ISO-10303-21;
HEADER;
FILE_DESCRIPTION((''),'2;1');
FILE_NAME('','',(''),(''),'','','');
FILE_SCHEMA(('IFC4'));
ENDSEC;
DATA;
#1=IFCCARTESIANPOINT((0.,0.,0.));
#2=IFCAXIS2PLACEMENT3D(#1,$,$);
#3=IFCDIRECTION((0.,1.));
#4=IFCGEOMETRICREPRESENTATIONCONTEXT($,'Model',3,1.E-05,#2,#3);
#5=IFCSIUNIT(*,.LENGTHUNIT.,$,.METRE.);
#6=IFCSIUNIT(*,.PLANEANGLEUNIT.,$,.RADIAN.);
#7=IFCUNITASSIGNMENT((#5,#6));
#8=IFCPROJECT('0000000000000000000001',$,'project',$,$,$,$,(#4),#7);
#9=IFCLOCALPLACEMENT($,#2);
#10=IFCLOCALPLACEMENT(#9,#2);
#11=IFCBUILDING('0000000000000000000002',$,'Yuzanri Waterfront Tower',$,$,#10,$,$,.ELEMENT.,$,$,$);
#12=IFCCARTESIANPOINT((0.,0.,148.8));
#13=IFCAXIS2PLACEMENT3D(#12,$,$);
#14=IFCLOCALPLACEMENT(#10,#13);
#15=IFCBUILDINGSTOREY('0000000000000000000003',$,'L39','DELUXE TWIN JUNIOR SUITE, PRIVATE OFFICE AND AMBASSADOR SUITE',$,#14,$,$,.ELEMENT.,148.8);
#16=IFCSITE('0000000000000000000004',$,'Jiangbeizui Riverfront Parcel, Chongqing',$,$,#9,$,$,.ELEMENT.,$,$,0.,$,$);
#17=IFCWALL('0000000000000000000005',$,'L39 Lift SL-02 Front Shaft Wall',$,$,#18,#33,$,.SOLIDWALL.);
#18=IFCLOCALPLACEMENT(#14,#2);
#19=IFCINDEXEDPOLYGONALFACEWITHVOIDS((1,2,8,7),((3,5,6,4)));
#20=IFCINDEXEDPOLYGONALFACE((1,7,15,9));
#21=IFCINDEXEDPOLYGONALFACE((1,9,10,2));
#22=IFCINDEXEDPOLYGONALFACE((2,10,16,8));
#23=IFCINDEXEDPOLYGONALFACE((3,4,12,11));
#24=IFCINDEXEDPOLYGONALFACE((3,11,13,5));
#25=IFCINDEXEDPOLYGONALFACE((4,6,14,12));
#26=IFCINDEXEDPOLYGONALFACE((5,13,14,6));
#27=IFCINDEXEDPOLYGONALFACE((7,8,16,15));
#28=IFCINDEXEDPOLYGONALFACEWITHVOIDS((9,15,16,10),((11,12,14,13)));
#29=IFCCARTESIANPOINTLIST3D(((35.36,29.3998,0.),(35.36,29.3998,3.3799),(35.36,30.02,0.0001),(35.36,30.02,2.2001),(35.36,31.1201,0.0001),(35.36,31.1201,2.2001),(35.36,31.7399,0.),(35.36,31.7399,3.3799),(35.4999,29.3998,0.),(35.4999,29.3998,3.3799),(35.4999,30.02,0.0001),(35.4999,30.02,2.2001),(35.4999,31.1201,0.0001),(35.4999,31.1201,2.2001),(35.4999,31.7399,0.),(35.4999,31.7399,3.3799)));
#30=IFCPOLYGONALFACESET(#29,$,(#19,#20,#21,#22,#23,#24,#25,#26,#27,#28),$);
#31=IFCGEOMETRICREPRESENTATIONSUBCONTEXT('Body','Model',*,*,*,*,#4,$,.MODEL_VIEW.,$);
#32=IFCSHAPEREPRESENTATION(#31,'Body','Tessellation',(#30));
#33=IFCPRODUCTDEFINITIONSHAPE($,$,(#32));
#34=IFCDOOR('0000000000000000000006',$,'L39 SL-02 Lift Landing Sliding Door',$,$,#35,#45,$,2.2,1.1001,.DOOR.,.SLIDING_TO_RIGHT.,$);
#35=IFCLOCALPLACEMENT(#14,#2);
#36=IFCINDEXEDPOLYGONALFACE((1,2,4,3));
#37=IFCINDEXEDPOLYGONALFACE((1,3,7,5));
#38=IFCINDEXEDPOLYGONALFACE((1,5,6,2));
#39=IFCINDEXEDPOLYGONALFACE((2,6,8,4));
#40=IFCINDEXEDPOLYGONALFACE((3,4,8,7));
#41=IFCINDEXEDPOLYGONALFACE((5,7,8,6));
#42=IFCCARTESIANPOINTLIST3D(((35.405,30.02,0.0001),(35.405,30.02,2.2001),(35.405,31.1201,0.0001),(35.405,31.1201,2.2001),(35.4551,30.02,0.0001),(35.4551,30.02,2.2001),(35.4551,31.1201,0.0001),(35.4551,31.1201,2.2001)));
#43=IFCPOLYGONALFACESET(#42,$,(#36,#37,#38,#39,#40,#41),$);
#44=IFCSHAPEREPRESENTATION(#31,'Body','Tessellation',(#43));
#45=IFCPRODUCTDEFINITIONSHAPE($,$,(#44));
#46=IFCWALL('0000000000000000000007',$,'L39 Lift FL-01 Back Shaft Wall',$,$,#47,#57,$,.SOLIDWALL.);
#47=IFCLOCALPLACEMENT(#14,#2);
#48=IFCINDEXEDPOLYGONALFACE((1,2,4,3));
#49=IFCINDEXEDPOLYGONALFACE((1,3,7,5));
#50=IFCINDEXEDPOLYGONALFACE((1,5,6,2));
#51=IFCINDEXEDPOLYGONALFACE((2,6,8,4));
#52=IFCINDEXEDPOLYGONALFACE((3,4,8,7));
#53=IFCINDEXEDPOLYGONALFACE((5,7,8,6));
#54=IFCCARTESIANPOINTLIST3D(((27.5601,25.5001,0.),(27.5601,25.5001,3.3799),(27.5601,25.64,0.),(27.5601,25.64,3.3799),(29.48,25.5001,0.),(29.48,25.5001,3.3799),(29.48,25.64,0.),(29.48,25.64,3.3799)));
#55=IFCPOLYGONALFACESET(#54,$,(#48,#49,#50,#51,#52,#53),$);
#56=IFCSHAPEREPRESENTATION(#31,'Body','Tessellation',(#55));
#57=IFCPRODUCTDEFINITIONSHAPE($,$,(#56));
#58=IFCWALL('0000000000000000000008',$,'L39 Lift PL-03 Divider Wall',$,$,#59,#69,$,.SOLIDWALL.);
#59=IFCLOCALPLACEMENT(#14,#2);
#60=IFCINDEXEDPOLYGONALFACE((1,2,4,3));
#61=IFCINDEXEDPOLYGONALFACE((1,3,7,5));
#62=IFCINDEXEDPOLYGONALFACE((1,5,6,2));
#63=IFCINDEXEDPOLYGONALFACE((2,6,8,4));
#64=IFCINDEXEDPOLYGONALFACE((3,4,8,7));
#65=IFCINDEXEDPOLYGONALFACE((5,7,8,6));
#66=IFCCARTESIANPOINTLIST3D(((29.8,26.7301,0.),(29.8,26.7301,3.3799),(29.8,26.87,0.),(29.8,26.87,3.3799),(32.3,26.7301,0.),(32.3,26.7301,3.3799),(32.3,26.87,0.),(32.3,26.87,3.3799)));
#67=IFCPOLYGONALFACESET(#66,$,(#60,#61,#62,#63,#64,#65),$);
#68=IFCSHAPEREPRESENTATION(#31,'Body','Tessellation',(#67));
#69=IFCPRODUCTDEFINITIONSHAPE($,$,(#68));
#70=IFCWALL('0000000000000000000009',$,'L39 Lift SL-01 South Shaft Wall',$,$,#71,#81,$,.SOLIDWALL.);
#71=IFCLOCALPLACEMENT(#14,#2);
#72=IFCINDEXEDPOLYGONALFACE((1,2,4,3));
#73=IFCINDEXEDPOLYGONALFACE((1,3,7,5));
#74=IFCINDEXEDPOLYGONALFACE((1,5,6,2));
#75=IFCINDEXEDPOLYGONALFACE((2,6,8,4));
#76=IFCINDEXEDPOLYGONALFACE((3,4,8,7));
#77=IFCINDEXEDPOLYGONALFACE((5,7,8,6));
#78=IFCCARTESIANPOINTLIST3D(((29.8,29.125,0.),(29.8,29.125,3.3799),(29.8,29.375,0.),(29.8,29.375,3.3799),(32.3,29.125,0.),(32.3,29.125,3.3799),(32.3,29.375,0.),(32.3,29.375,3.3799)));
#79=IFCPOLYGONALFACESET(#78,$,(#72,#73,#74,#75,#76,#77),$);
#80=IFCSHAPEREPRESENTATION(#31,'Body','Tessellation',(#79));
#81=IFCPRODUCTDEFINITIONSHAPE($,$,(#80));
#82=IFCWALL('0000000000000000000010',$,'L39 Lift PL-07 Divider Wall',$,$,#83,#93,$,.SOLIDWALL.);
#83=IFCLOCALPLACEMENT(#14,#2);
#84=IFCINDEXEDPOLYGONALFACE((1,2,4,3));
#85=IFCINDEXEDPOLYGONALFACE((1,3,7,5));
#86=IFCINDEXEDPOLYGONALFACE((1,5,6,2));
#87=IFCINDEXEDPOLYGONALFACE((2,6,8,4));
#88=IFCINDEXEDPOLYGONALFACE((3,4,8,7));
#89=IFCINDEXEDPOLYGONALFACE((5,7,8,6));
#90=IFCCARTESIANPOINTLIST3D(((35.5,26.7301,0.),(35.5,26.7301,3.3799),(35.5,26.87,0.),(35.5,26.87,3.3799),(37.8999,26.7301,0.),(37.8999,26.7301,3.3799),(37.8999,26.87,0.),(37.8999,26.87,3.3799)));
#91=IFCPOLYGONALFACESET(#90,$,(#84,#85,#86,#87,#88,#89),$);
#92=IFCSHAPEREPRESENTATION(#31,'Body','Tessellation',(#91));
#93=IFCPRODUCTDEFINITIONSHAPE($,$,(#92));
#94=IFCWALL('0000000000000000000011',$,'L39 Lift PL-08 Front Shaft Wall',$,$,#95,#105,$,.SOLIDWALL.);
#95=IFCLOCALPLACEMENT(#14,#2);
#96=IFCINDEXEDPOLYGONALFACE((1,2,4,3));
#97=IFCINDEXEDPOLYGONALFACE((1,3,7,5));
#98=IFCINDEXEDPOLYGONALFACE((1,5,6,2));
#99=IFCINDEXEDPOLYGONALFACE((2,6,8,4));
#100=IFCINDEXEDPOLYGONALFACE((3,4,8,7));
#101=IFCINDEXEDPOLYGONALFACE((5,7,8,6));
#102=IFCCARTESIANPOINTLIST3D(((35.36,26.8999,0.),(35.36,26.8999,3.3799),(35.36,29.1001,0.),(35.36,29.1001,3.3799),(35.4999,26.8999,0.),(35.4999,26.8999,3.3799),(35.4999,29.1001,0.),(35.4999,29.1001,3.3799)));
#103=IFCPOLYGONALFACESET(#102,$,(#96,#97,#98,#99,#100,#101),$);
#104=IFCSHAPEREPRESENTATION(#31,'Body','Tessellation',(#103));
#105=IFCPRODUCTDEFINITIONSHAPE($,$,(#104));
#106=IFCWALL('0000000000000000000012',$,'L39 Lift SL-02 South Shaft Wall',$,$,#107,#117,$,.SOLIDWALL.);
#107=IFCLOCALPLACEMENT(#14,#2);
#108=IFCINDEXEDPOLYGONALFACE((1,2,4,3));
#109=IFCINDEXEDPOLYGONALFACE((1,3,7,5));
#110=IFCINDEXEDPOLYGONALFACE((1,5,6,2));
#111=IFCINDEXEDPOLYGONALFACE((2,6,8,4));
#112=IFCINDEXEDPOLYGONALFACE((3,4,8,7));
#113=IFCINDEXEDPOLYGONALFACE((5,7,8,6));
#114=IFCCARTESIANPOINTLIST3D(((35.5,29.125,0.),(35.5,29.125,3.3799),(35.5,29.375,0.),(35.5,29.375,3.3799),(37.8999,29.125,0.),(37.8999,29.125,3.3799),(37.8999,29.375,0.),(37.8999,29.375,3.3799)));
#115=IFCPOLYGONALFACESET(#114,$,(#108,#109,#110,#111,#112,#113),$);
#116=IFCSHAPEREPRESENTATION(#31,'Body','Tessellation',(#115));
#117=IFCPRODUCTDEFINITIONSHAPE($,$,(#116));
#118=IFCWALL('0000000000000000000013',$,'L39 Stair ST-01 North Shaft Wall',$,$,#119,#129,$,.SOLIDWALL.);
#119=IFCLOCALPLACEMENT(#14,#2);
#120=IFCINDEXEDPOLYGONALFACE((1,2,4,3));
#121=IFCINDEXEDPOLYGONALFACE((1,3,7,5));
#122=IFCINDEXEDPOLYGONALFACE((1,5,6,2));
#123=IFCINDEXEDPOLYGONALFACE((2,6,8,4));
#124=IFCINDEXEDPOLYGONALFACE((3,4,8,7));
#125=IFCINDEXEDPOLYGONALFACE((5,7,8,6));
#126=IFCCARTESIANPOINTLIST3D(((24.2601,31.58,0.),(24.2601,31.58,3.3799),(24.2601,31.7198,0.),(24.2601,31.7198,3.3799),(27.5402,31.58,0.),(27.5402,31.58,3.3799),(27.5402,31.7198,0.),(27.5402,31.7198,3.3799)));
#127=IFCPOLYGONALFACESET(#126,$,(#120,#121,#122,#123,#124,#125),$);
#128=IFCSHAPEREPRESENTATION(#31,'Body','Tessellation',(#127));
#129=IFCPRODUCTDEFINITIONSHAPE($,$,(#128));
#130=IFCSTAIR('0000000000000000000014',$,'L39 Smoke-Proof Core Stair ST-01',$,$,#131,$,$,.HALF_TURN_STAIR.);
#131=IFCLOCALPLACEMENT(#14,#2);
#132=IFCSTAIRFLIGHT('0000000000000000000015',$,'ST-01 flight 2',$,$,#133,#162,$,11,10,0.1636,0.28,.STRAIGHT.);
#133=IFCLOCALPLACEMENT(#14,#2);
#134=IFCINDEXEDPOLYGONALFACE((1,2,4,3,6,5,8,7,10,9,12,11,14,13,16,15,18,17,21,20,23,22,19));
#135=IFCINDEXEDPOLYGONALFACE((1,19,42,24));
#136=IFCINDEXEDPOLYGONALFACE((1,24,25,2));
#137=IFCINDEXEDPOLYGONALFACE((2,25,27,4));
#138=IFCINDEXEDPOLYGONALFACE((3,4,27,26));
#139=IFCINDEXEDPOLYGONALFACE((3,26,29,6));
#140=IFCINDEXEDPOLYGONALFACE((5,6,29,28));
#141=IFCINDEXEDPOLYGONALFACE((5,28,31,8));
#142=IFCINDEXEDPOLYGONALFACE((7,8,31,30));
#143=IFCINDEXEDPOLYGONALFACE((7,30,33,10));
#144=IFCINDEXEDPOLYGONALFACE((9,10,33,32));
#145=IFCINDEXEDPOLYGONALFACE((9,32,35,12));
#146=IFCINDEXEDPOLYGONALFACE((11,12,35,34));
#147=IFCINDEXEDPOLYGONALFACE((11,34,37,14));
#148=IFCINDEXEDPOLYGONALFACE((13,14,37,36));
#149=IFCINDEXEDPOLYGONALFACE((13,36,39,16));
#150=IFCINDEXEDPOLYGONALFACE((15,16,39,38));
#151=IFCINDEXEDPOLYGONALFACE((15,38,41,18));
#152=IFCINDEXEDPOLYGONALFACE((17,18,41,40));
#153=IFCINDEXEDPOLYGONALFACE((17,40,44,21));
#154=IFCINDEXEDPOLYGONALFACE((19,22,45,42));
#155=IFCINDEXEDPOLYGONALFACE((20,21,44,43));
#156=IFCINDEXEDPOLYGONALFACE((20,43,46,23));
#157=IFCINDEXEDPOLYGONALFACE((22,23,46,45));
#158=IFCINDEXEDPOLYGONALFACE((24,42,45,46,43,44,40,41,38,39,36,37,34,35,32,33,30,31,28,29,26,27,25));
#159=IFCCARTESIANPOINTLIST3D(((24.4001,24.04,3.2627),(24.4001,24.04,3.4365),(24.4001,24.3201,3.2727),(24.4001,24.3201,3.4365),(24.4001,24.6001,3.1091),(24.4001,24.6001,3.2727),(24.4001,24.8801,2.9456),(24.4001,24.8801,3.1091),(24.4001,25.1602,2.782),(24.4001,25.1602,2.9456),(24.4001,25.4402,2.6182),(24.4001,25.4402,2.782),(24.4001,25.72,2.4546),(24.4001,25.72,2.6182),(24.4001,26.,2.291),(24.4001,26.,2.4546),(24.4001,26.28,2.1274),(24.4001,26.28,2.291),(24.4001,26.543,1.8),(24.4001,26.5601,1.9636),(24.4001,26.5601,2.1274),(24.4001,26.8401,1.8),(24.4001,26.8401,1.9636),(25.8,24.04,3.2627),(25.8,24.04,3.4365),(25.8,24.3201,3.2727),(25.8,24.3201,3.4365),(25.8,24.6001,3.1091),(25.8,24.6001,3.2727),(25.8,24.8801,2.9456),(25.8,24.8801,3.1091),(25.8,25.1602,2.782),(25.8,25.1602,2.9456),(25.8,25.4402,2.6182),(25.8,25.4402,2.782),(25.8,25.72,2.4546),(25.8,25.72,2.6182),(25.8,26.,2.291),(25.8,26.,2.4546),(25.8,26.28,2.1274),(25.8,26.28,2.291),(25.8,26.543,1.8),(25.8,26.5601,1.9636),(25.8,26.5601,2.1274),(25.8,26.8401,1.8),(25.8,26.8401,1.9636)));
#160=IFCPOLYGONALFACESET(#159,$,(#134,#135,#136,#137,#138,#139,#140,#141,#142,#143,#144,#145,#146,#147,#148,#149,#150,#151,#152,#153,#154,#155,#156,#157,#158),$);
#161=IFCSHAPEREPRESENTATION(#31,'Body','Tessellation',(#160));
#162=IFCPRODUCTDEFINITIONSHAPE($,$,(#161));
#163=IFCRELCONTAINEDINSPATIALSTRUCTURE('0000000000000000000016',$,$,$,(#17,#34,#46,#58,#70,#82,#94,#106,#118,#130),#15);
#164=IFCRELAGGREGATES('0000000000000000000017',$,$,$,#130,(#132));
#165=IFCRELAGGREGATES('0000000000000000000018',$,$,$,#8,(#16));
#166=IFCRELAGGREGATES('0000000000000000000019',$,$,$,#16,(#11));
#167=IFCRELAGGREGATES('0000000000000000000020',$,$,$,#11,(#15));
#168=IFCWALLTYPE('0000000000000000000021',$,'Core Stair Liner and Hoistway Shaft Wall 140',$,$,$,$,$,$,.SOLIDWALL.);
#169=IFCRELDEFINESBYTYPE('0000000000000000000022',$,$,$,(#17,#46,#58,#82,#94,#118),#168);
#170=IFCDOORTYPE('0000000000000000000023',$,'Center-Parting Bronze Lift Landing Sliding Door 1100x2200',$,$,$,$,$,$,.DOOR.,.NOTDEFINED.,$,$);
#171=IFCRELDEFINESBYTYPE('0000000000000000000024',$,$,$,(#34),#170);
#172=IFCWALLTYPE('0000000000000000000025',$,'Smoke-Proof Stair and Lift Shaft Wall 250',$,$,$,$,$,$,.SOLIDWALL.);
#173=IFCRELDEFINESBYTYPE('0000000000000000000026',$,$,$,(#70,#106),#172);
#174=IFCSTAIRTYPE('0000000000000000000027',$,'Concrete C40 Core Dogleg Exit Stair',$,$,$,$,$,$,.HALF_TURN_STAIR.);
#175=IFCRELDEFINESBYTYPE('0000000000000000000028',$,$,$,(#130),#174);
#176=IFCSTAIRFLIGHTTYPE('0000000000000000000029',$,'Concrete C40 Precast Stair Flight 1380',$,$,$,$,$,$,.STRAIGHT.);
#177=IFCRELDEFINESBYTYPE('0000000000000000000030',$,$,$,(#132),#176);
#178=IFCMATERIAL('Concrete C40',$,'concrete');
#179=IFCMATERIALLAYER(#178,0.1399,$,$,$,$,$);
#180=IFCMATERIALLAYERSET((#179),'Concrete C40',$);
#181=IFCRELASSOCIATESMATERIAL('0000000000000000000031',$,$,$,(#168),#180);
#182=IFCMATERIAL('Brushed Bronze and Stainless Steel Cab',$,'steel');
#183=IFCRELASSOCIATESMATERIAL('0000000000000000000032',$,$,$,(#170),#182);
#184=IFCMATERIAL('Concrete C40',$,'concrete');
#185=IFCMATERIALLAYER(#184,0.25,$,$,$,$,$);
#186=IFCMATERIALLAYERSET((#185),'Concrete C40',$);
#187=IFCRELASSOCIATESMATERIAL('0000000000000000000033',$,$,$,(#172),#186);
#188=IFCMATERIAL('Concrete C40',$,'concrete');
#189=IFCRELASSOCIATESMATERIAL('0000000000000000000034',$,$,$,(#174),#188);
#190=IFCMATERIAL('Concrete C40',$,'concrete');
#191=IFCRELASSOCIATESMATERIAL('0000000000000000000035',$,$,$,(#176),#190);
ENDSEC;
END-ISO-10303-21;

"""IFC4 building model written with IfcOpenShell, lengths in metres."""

from ifc_helpers import new_model, si_unit, direction, frame, frame_2d, origin, place, context, subcontext, project, spatial, polyline, rectangle, outline, extrude, source, transform, mapped, material, layer, layer_set, type_object, element, fill, aggregate, save


model = new_model("IFC4")

# Units and contexts
model_context = context("Model", 3, precision=1e-05, world=origin(), true_north=direction((0.0, 1.0)))
body_context = subcontext(model_context, "Body", "Model", "MODEL_VIEW")
ifc_project = project(units=[si_unit("LENGTHUNIT", "METRE"), si_unit("PLANEANGLEUNIT", "RADIAN")], contexts=[model_context])

# Site, building, storey
site_placement = place(None, origin())
site = spatial("IfcSite", under=ifc_project, at=site_placement, Name="Jiangbeizui Riverfront Parcel, Chongqing", CompositionType="ELEMENT", RefElevation=0.0)
building_placement = place(site_placement, origin())
building = spatial("IfcBuilding", under=site, at=building_placement, Name="Yuzanri Waterfront Tower", CompositionType="ELEMENT")
storey_placement = place(building_placement, frame((0.0, 0.0, 148.8)))
storey = spatial("IfcBuildingStorey", under=building, at=storey_placement, Name="L39", Description="DELUXE TWIN JUNIOR SUITE, PRIVATE OFFICE AND AMBASSADOR SUITE", CompositionType="ELEMENT", Elevation=148.8)

# Wall, opening, door
ifc_material_1 = material(Name="Concrete C40", Category="concrete")
ifc_layer_1 = layer(ifc_material_1, 0.1399)
ifc_layer_set_1 = layer_set([ifc_layer_1], Name="Concrete C40")
wall_type_1 = type_object("IfcWallType", Name="Core Stair Liner and Hoistway Shaft Wall 140", PredefinedType="SOLIDWALL", material=ifc_layer_set_1)
ifc_material_2 = material(Name="Brushed Bronze and Stainless Steel Cab", Category="steel")
door_type_1 = type_object("IfcDoorType", Name="Center-Parting Bronze Lift Landing Sliding Door 1100x2200", OperationType="NOTDEFINED", PredefinedType="DOOR", material=ifc_material_2)
shared_shape_1 = source(origin(), body_context, "Body", "SweptSolid", [
    extrude(rectangle(XDim=1.1001, YDim=2.2, at=frame_2d((0.55, 1.1001))), frame((0.0, 0.0249, 0.0), z_axis=(0.0, -1.0, 0.0), x_axis=(1.0, 0.0, 0.0)), (0.0, 0.0, 1.0), 0.05),
])
wall_1_placement = place(storey_placement, frame((35.4299, 29.3999, 0.0), z_axis=(0.0, 0.0, 1.0), x_axis=(0.0, 1.0, 0.0)))
wall_1 = element("IfcWall", 1, at=wall_1_placement, inside=storey, type_object=wall_type_1, Name="L39 Lift SL-02 Front Shaft Wall", PredefinedType="SOLIDWALL", context=body_context, shape_type="SweptSolid", body=[
    extrude(rectangle(XDim=2.3401, YDim=0.1399, at=frame_2d((1.1699, 0.0))), origin(), (0.0, 0.0, 1.0), 3.3799),
])
opening_1_placement = place(wall_1_placement, frame((0.6201, 0.0, 0.0)))
opening_1 = element("IfcOpeningElement", 2, at=opening_1_placement, cuts=wall_1, PredefinedType="OPENING", context=body_context, shape_type="SweptSolid", body=[
    extrude(rectangle(XDim=1.1001, YDim=2.2, at=frame_2d((0.55, 1.1001))), frame((0.0, 0.085, 0.0), z_axis=(0.0, -1.0, 0.0), x_axis=(1.0, 0.0, 0.0)), (0.0, 0.0, 1.0), 0.1697),
])
door_1_placement = place(opening_1_placement, origin())
door_1 = element("IfcDoor", 3, at=door_1_placement, inside=storey, type_object=door_type_1, Name="L39 SL-02 Lift Landing Sliding Door", OperationType="SLIDING_TO_RIGHT", OverallHeight=2.2, OverallWidth=1.1001, PredefinedType="DOOR", context=body_context, shape_type="MappedRepresentation", body=[
    mapped(shared_shape_1, transform((0.0, 0.0, 0.0), scale=1.0)),
])
fill(opening_1, door_1)

# Walls
shared_shape_2 = source(origin(), body_context, "Body", "SweptSolid", [
    extrude(rectangle(XDim=1.9199, YDim=0.1399, at=frame_2d((0.96, 0.0))), origin(), (0.0, 0.0, 1.0), 3.3799),
])
wall_2_placement = place(storey_placement, frame((27.5601, 25.5701, 0.0), z_axis=(0.0, 0.0, 1.0), x_axis=(1.0, 0.0, 0.0)))
element("IfcWall", 4, at=wall_2_placement, inside=storey, type_object=wall_type_1, Name="L39 Lift FL-01 Back Shaft Wall", PredefinedType="SOLIDWALL", context=body_context, shape_type="MappedRepresentation", body=[
    mapped(shared_shape_2, transform((0.0, 0.0, 0.0), scale=1.0)),
])
shared_shape_3 = source(origin(), body_context, "Body", "SweptSolid", [
    extrude(rectangle(XDim=2.5, YDim=0.1399, at=frame_2d((1.25, 0.0))), origin(), (0.0, 0.0, 1.0), 3.3799),
])
wall_3_placement = place(storey_placement, frame((29.8, 26.8, 0.0), z_axis=(0.0, 0.0, 1.0), x_axis=(1.0, 0.0, 0.0)))
element("IfcWall", 5, at=wall_3_placement, inside=storey, type_object=wall_type_1, Name="L39 Lift PL-03 Divider Wall", PredefinedType="SOLIDWALL", context=body_context, shape_type="MappedRepresentation", body=[
    mapped(shared_shape_3, transform((0.0, 0.0, 0.0), scale=1.0)),
])
ifc_material_3 = material(Name="Concrete C40", Category="concrete")
ifc_layer_2 = layer(ifc_material_3, 0.25)
ifc_layer_set_2 = layer_set([ifc_layer_2], Name="Concrete C40")
wall_type_2 = type_object("IfcWallType", Name="Smoke-Proof Stair and Lift Shaft Wall 250", PredefinedType="SOLIDWALL", material=ifc_layer_set_2)
shared_shape_4 = source(origin(), body_context, "Body", "SweptSolid", [
    extrude(rectangle(XDim=2.5, YDim=0.25, at=frame_2d((1.25, 0.0))), origin(), (0.0, 0.0, 1.0), 3.3799),
])
wall_4_placement = place(storey_placement, frame((29.8, 29.25, 0.0), z_axis=(0.0, 0.0, 1.0), x_axis=(1.0, 0.0, 0.0)))
element("IfcWall", 6, at=wall_4_placement, inside=storey, type_object=wall_type_2, Name="L39 Lift SL-01 South Shaft Wall", PredefinedType="SOLIDWALL", context=body_context, shape_type="MappedRepresentation", body=[
    mapped(shared_shape_4, transform((0.0, 0.0, 0.0), scale=1.0)),
])
shared_shape_5 = source(origin(), body_context, "Body", "SweptSolid", [
    extrude(rectangle(XDim=2.3999, YDim=0.1399, at=frame_2d((1.2, 0.0))), origin(), (0.0, 0.0, 1.0), 3.3799),
])
wall_5_placement = place(storey_placement, frame((35.5, 26.8, 0.0), z_axis=(0.0, 0.0, 1.0), x_axis=(1.0, 0.0, 0.0)))
element("IfcWall", 7, at=wall_5_placement, inside=storey, type_object=wall_type_1, Name="L39 Lift PL-07 Divider Wall", PredefinedType="SOLIDWALL", context=body_context, shape_type="MappedRepresentation", body=[
    mapped(shared_shape_5, transform((0.0, 0.0, 0.0), scale=1.0)),
])
shared_shape_6 = source(origin(), body_context, "Body", "SweptSolid", [
    extrude(rectangle(XDim=2.2002, YDim=0.1399, at=frame_2d((1.1001, 0.0))), origin(), (0.0, 0.0, 1.0), 3.3799),
])
wall_6_placement = place(storey_placement, frame((35.4299, 26.8999, 0.0), z_axis=(0.0, 0.0, 1.0), x_axis=(0.0, 1.0, 0.0)))
element("IfcWall", 8, at=wall_6_placement, inside=storey, type_object=wall_type_1, Name="L39 Lift PL-08 Front Shaft Wall", PredefinedType="SOLIDWALL", context=body_context, shape_type="MappedRepresentation", body=[
    mapped(shared_shape_6, transform((0.0, 0.0, 0.0), scale=1.0)),
])
shared_shape_7 = source(origin(), body_context, "Body", "SweptSolid", [
    extrude(rectangle(XDim=2.3999, YDim=0.25, at=frame_2d((1.2, 0.0))), origin(), (0.0, 0.0, 1.0), 3.3799),
])
wall_7_placement = place(storey_placement, frame((35.5, 29.25, 0.0), z_axis=(0.0, 0.0, 1.0), x_axis=(1.0, 0.0, 0.0)))
element("IfcWall", 9, at=wall_7_placement, inside=storey, type_object=wall_type_2, Name="L39 Lift SL-02 South Shaft Wall", PredefinedType="SOLIDWALL", context=body_context, shape_type="MappedRepresentation", body=[
    mapped(shared_shape_7, transform((0.0, 0.0, 0.0), scale=1.0)),
])
shared_shape_8 = source(origin(), body_context, "Body", "SweptSolid", [
    extrude(rectangle(XDim=3.28, YDim=0.1399, at=frame_2d((1.6401, 0.0))), origin(), (0.0, 0.0, 1.0), 3.3799),
])
wall_8_placement = place(storey_placement, frame((24.26, 31.6499, 0.0), z_axis=(0.0, 0.0, 1.0), x_axis=(1.0, 0.0, 0.0)))
element("IfcWall", 10, at=wall_8_placement, inside=storey, type_object=wall_type_1, Name="L39 Stair ST-01 North Shaft Wall", PredefinedType="SOLIDWALL", context=body_context, shape_type="MappedRepresentation", body=[
    mapped(shared_shape_8, transform((0.0, 0.0, 0.0), scale=1.0)),
])

# Stair, stair flight
ifc_material_4 = material(Name="Concrete C40", Category="concrete")
stair_type = type_object("IfcStairType", Name="Concrete C40 Core Dogleg Exit Stair", PredefinedType="HALF_TURN_STAIR", material=ifc_material_4)
stair_placement = place(storey_placement, origin())
stair = element("IfcStair", 11, at=stair_placement, inside=storey, type_object=stair_type, Name="L39 Smoke-Proof Core Stair ST-01", PredefinedType="HALF_TURN_STAIR")
ifc_material_5 = material(Name="Concrete C40", Category="concrete")
stair_flight_type = type_object("IfcStairFlightType", Name="Concrete C40 Precast Stair Flight 1380", PredefinedType="STRAIGHT", material=ifc_material_5)
shared_shape_9 = source(origin(), body_context, "Body", "SweptSolid", [
    extrude(outline(polyline([(0.0, 0.0), (0.0, 0.1636), (0.28, 0.1636), (0.28, 0.3274), (0.5601, 0.3274), (0.5601, 0.491), (0.8401, 0.491), (0.8401, 0.6545), (1.1201, 0.6545), (1.1201, 0.8181), (1.3999, 0.8181), (1.3999, 0.9819), (1.6799, 0.9819), (1.6799, 1.1455), (1.96, 1.1455), (1.96, 1.3091), (2.24, 1.3091), (2.24, 1.4727), (2.52, 1.4727), (2.52, 1.6365), (2.8, 1.6365), (2.8, 1.8), (2.8, 1.4626), (0.2971, 0.0), (0.0, 0.0)])), frame((0.0, 0.7, 0.0), z_axis=(0.0, -1.0, 0.0), x_axis=(1.0, 0.0, 0.0)), (0.0, 0.0, 1.0), 1.3999),
])
stair_flight_placement = place(storey_placement, frame((25.1001, 26.8401, 1.8), z_axis=(0.0, 0.0, 1.0), x_axis=(0.0, -1.0, 0.0)))
stair_flight = element("IfcStairFlight", 12, at=stair_flight_placement, type_object=stair_flight_type, Name="ST-01 flight 2", NumberOfRisers=11, NumberOfTreads=10, PredefinedType="STRAIGHT", RiserHeight=0.1636, TreadLength=0.28, context=body_context, shape_type="MappedRepresentation", body=[
    mapped(shared_shape_9, transform((0.0, 0.0, 0.0), scale=1.0)),
])
aggregate(stair, [stair_flight])

save(model, "model.ifc")
